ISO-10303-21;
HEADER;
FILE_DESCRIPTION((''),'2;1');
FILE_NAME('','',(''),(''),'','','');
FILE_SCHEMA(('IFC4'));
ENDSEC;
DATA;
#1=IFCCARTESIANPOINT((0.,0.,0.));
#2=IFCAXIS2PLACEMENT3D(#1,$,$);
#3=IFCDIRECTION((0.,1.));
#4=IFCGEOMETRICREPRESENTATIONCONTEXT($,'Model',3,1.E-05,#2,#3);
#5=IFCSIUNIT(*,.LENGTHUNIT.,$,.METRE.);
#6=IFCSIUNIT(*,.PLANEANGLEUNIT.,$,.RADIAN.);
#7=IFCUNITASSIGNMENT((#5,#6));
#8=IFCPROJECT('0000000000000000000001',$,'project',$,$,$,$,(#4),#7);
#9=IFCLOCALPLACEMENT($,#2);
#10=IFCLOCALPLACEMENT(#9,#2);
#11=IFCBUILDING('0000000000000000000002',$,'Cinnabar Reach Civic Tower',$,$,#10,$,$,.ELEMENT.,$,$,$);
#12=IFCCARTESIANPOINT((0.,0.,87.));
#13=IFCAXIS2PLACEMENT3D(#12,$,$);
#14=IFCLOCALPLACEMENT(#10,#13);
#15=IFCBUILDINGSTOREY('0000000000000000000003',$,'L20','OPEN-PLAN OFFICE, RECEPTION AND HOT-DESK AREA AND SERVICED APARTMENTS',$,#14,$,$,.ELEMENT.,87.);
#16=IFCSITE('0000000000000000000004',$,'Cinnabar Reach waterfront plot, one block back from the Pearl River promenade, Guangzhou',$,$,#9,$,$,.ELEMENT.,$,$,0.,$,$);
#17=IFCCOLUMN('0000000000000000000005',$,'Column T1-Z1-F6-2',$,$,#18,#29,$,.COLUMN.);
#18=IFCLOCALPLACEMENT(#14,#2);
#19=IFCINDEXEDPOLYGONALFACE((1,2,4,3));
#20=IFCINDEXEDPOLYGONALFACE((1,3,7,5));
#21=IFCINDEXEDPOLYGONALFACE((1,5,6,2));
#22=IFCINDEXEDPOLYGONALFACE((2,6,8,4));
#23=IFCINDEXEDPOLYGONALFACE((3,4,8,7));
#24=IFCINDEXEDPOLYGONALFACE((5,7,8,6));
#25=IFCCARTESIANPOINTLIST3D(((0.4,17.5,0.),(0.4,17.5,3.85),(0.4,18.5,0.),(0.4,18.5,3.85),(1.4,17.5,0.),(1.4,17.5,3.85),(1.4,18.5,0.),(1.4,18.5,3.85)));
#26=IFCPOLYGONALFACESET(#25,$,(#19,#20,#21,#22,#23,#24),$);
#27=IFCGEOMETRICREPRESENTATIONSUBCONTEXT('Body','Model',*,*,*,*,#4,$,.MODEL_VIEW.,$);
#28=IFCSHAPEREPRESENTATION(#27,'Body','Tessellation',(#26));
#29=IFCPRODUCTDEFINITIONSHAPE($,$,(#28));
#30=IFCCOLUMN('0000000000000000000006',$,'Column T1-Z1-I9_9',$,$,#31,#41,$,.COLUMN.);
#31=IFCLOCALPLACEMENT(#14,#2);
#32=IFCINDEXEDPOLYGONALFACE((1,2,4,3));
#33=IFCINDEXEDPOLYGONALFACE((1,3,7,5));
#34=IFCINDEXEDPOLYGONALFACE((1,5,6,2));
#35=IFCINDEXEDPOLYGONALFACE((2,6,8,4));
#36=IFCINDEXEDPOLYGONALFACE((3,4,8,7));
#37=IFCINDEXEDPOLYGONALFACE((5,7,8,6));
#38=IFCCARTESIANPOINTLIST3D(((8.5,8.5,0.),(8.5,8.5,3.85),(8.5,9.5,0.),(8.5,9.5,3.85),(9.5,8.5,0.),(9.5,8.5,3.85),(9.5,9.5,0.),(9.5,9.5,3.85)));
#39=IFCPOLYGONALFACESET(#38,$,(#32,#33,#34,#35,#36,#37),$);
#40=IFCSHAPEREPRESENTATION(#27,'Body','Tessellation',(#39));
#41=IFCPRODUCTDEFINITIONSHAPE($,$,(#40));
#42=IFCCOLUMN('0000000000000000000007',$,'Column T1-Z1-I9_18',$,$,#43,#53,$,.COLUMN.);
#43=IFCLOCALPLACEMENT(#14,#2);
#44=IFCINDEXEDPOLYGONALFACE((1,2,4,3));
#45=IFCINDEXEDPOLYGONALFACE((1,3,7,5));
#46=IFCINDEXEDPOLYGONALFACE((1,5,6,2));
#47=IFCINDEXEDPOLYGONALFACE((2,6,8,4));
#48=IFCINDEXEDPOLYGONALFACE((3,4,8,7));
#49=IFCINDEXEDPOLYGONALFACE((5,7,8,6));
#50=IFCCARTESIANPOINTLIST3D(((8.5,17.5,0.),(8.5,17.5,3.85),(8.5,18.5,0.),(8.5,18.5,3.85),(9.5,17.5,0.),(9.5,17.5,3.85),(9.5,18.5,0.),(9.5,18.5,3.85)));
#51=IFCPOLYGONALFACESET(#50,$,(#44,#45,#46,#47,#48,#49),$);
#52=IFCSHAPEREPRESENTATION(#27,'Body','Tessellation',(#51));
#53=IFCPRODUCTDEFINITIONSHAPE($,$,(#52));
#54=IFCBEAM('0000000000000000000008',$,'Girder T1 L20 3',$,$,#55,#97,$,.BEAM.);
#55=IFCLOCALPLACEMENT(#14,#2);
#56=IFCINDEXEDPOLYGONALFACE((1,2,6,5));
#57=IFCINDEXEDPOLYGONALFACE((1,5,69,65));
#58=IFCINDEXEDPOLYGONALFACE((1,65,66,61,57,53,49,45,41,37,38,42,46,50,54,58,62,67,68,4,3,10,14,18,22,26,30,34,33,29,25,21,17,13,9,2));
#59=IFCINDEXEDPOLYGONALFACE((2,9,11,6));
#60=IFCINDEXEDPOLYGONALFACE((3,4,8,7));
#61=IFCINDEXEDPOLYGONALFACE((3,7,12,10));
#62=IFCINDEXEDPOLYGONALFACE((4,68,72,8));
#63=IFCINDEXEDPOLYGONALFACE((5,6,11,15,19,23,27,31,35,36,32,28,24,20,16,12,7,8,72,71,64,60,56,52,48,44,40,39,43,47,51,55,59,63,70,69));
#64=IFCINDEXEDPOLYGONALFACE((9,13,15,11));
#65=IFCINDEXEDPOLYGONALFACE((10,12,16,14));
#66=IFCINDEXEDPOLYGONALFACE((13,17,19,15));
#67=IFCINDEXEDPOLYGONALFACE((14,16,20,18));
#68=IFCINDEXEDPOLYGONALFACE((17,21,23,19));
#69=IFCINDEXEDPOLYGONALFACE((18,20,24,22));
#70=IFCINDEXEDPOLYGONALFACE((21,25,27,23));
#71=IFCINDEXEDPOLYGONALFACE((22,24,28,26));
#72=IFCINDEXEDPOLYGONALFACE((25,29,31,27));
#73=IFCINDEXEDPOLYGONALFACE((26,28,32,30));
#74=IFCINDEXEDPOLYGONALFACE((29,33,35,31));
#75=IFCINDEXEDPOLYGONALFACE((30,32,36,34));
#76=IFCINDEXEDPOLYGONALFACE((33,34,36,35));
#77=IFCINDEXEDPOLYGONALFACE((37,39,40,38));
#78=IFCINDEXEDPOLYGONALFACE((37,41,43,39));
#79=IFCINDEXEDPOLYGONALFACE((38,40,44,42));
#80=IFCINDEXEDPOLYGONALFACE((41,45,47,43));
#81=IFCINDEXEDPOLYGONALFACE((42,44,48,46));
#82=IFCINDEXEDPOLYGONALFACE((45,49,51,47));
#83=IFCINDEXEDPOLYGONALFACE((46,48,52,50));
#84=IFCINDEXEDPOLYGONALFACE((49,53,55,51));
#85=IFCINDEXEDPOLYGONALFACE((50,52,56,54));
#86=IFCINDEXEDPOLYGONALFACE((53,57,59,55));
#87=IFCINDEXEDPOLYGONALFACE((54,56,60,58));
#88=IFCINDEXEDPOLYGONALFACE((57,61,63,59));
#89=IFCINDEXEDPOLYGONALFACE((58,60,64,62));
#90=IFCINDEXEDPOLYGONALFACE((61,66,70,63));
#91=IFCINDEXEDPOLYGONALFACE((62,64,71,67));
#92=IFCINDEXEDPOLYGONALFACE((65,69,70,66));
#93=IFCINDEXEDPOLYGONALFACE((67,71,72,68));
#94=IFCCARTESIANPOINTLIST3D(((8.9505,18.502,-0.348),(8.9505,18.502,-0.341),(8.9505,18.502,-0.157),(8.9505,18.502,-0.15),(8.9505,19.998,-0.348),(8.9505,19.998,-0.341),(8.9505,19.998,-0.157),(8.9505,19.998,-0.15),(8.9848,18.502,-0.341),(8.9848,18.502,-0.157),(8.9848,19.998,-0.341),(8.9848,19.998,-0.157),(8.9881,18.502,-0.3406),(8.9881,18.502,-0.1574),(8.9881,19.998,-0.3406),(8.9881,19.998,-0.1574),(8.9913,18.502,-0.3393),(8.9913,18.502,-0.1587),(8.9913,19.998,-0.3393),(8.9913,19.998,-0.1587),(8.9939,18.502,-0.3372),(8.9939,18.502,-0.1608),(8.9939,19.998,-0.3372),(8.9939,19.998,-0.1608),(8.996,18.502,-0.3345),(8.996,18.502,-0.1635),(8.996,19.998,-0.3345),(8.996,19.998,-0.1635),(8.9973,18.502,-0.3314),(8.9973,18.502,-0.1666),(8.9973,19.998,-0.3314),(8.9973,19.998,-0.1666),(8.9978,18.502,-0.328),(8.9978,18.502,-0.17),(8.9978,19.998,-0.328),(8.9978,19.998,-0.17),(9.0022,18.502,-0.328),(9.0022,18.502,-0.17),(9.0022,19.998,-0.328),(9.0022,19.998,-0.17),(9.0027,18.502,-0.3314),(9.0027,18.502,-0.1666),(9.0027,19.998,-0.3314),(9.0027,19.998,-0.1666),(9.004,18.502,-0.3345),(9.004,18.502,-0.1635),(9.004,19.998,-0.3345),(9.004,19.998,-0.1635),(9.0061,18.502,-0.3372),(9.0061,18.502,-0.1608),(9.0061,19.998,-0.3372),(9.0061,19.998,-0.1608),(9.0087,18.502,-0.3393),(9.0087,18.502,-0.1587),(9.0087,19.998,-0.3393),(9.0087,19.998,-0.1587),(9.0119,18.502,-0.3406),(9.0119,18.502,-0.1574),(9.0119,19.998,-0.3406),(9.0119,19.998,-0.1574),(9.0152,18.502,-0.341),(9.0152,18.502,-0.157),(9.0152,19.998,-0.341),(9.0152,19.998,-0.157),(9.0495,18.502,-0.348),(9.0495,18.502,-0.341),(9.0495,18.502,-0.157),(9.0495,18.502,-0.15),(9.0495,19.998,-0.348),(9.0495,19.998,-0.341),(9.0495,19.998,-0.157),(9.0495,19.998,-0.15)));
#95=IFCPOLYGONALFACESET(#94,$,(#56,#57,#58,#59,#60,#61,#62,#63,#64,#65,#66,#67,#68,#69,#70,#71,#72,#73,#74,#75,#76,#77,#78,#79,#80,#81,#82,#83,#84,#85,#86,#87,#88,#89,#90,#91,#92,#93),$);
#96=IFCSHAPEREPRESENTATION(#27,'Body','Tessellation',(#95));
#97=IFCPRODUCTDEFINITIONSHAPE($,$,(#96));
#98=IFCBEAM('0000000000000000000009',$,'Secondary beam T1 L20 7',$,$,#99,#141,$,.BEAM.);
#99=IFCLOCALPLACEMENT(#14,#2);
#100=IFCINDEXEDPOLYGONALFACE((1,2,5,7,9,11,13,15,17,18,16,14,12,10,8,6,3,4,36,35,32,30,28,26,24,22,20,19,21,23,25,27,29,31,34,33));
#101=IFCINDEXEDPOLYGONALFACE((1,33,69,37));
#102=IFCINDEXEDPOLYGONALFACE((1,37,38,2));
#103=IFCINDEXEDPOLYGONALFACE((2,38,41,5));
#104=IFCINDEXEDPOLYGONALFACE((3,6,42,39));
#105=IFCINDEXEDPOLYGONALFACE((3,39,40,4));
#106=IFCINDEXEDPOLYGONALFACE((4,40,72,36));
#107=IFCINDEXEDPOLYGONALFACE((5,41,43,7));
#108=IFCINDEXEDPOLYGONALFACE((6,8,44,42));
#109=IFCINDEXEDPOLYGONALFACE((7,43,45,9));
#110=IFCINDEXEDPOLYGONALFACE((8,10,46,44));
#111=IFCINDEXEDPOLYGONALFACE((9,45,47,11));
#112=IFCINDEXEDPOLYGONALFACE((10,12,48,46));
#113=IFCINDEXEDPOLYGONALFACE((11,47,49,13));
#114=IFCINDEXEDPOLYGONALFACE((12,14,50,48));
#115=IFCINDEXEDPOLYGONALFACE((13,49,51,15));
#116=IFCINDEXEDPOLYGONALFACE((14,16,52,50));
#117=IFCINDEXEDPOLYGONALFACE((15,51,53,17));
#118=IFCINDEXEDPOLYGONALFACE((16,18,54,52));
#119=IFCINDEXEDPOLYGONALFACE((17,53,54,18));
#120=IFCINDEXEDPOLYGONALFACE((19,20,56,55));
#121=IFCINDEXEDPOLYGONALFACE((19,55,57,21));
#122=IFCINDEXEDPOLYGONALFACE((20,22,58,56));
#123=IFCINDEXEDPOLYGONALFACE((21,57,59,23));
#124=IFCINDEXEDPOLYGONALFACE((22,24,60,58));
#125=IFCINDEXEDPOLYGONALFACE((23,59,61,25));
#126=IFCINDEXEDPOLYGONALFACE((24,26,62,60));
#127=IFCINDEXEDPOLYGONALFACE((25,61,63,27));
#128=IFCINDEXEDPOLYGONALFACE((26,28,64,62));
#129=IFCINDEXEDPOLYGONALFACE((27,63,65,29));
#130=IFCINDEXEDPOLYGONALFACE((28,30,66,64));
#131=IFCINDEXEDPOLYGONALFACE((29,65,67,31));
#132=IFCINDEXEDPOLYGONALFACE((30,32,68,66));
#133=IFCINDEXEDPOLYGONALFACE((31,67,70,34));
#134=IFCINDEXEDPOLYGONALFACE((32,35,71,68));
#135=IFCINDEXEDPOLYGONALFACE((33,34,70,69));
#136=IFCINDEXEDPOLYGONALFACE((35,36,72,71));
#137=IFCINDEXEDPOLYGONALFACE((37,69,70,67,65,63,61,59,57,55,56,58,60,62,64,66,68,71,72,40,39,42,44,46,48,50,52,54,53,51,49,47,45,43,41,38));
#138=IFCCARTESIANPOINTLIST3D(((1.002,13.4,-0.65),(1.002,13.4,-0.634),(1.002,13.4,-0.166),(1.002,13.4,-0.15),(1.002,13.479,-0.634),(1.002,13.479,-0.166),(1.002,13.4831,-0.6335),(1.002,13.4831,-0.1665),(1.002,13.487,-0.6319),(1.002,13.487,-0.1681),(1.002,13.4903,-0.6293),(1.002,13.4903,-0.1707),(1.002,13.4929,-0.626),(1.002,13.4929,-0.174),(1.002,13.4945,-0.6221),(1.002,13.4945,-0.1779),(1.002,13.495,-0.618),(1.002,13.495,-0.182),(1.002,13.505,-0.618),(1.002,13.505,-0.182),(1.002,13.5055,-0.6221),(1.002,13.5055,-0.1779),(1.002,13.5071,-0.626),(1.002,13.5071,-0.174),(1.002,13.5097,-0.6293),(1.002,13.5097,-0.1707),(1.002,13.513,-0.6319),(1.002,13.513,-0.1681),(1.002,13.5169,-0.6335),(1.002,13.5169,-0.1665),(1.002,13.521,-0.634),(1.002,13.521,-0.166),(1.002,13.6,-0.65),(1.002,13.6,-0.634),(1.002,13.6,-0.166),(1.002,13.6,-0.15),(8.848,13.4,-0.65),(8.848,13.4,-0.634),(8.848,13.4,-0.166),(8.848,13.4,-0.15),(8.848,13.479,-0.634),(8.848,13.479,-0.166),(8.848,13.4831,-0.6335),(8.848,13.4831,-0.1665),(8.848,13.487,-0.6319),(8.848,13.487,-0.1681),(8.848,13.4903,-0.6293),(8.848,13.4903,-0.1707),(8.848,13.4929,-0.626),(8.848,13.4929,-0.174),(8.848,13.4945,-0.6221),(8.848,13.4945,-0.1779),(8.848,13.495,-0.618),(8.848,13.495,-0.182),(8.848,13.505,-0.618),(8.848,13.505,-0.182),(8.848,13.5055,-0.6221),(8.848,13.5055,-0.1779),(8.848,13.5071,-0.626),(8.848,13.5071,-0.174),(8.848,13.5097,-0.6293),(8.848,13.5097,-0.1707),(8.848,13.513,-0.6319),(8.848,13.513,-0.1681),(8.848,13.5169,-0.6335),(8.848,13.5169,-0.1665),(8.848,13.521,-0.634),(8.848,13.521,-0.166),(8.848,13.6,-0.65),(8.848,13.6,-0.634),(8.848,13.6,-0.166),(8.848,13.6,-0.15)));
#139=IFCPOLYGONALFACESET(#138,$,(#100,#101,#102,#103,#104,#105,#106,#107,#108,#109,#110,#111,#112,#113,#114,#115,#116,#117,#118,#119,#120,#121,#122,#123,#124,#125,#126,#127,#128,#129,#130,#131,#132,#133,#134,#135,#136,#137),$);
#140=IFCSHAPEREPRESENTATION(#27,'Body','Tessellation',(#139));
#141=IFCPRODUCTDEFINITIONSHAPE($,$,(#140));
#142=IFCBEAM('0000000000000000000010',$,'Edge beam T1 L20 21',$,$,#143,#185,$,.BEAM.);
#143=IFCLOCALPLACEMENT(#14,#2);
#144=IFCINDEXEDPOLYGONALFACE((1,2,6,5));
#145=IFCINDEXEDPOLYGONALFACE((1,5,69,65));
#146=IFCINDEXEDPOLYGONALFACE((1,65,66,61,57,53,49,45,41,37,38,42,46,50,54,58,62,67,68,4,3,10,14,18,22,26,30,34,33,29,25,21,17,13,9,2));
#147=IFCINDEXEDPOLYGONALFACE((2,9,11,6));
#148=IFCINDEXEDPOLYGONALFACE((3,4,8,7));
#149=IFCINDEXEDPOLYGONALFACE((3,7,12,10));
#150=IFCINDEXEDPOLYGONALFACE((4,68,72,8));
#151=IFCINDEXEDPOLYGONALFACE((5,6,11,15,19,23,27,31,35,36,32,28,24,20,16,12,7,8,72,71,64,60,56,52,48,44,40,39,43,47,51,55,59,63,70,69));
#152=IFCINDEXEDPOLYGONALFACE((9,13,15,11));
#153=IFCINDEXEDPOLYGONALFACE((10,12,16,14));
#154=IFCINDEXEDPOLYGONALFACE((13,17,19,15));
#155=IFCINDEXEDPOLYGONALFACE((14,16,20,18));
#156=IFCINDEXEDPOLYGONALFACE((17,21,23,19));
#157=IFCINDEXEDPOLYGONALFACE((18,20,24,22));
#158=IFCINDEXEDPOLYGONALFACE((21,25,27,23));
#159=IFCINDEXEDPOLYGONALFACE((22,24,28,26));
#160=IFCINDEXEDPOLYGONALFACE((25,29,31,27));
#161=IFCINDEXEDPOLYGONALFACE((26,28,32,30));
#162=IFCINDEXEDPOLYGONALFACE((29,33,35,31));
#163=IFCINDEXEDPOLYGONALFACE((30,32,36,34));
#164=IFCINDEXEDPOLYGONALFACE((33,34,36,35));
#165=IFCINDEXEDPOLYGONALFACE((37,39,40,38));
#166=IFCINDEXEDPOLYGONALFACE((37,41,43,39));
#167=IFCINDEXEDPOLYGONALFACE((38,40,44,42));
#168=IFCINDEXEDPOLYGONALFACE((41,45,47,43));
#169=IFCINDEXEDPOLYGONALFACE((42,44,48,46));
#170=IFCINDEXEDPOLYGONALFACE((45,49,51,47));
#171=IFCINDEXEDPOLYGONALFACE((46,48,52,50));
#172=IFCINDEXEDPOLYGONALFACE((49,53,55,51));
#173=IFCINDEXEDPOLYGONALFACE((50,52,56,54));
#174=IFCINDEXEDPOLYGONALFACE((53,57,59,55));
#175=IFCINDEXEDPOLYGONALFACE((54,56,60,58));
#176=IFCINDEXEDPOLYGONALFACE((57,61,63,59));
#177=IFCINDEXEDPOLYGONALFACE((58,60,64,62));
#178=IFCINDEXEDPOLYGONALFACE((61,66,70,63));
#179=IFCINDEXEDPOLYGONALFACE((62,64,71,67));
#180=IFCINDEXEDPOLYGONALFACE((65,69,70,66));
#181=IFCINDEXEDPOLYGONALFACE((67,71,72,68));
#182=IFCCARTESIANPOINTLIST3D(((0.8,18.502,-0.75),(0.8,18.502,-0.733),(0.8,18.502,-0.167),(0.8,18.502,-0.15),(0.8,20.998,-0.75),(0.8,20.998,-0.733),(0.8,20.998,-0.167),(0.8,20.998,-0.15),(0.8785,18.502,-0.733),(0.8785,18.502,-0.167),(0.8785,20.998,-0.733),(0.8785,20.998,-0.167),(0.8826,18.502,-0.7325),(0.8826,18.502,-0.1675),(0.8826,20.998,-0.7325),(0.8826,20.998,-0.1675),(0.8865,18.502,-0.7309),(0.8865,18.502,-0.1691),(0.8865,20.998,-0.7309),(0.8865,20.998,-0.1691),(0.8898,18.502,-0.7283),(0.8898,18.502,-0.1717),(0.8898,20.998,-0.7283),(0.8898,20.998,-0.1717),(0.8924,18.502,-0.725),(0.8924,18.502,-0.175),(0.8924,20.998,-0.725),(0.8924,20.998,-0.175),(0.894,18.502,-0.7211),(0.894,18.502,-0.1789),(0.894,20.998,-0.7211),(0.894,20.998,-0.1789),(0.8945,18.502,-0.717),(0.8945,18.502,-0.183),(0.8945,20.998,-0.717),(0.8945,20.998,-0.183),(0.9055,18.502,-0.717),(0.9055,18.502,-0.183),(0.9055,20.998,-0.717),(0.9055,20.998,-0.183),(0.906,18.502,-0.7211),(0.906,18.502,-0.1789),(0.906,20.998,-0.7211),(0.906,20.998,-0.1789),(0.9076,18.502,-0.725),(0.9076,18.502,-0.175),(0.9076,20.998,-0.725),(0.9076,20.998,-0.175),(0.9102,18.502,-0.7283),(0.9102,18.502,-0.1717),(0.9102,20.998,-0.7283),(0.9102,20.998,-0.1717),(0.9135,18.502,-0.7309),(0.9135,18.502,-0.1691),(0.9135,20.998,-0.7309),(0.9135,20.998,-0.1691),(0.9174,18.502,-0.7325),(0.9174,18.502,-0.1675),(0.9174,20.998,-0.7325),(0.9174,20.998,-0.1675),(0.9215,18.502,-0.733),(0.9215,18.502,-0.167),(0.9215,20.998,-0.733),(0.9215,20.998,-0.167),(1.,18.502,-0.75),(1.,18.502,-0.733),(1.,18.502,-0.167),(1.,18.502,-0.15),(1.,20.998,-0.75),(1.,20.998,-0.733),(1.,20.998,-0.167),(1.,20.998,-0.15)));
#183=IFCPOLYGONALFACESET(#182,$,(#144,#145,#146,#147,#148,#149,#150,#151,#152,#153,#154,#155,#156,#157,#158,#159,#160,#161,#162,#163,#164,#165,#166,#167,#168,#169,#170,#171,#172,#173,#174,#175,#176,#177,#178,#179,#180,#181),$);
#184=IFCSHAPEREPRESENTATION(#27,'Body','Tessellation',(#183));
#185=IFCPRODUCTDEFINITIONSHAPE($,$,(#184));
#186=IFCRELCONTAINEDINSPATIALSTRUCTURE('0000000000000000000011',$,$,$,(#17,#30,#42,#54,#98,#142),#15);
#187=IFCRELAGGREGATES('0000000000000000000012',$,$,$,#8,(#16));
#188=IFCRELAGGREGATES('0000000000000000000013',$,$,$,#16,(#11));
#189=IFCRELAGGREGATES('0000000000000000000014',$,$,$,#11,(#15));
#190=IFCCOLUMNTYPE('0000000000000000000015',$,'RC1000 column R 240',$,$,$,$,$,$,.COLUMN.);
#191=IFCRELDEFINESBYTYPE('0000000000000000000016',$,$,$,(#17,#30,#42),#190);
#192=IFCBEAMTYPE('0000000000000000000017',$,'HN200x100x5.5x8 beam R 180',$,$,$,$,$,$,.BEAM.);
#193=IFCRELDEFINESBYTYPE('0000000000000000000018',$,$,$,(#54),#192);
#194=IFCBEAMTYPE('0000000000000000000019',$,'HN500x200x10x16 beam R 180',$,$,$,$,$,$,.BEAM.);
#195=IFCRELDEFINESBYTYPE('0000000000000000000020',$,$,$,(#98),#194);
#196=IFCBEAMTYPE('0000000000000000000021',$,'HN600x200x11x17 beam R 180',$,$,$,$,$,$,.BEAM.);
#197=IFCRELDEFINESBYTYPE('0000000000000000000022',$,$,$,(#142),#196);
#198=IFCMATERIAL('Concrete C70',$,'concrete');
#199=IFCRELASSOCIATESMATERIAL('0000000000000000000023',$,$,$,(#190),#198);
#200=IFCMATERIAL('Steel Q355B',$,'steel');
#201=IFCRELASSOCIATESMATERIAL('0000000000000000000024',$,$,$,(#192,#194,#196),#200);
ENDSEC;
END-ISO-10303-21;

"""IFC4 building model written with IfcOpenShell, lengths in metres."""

from ifc_helpers import new_model, si_unit, direction, frame, origin, origin_2d, place, context, subcontext, project, spatial, rectangle, i_section, extrude, material, material_profile, profile_set, type_object, element, save


model = new_model("IFC4")

# Units and contexts
model_context = context("Model", 3, precision=1e-05, world=origin(), true_north=direction((0.0, 1.0)))
body_context = subcontext(model_context, "Body", "Model", "MODEL_VIEW")
ifc_project = project(units=[si_unit("LENGTHUNIT", "METRE"), si_unit("PLANEANGLEUNIT", "RADIAN")], contexts=[model_context])

# Site, building, storey
site_placement = place(None, origin())
site = spatial("IfcSite", under=ifc_project, at=site_placement, Name="Cinnabar Reach waterfront plot, one block back from the Pearl River promenade, Guangzhou", CompositionType="ELEMENT", RefElevation=0.0)
building_placement = place(site_placement, origin())
building = spatial("IfcBuilding", under=site, at=building_placement, Name="Cinnabar Reach Civic Tower", CompositionType="ELEMENT")
storey_placement = place(building_placement, frame((0.0, 0.0, 87.0)))
storey = spatial("IfcBuildingStorey", under=building, at=storey_placement, Name="L20", Description="OPEN-PLAN OFFICE, RECEPTION AND HOT-DESK AREA AND SERVICED APARTMENTS", CompositionType="ELEMENT", Elevation=87.0)

# Columns
ifc_material_1 = material(Name="Concrete C70", Category="concrete")
ifc_material_profile_1 = material_profile(ifc_material_1, rectangle(XDim=1.0, YDim=1.0, at=origin_2d()), Name="RC1000")
ifc_profile_set_1 = profile_set([ifc_material_profile_1], Name="Concrete C70")
column_type = type_object("IfcColumnType", Name="RC1000 column R 240", PredefinedType="COLUMN", material=ifc_profile_set_1)
for number, where, z_axis, x_axis, name in (
    (1, (0.9, 18.0, 0.0), (0.0, 0.0, 1.0), (1.0, 0.0, 0.0), "Column T1-Z1-F6-2"),
    (2, (9.0, 9.0, 0.0), (0.0, 0.0, 1.0), (1.0, 0.0, 0.0), "Column T1-Z1-I9_9"),
    (3, (9.0, 18.0, 0.0), (0.0, 0.0, 1.0), (1.0, 0.0, 0.0), "Column T1-Z1-I9_18"),
):
    element("IfcColumn", number, at=place(storey_placement, frame(where, z_axis=z_axis, x_axis=x_axis)), inside=storey, type_object=column_type, Name=name, PredefinedType="COLUMN", context=body_context, shape_type="SweptSolid", body=[
        extrude(rectangle(XDim=1.0, YDim=1.0, at=origin_2d()), origin(), (0.0, 0.0, 1.0), 3.85),
    ])

# Beams
ifc_material_2 = material(Name="Steel Q355B", Category="steel")
ifc_material_profile_2 = material_profile(ifc_material_2, i_section(OverallWidth=0.099, OverallDepth=0.198, WebThickness=0.0045, FlangeThickness=0.007, FilletRadius=0.013, at=origin_2d()), Name="HN200x100x5.5x8")
ifc_profile_set_2 = profile_set([ifc_material_profile_2], Name="Steel Q355B")
beam_type_1 = type_object("IfcBeamType", Name="HN200x100x5.5x8 beam R 180", PredefinedType="BEAM", material=ifc_profile_set_2)
beam_1_placement = place(storey_placement, frame((9.0, 18.502, -0.249), z_axis=(0.0, 1.0, 0.0), x_axis=(-1.0, 0.0, 0.0)))
element("IfcBeam", 4, at=beam_1_placement, inside=storey, type_object=beam_type_1, Name="Girder T1 L20 3", PredefinedType="BEAM", context=body_context, shape_type="SweptSolid", body=[
    extrude(i_section(OverallWidth=0.099, OverallDepth=0.198, WebThickness=0.0045, FlangeThickness=0.007, FilletRadius=0.013, at=origin_2d()), origin(), (0.0, 0.0, 1.0), 1.496),
])
ifc_material_profile_3 = material_profile(ifc_material_2, i_section(OverallWidth=0.2, OverallDepth=0.5, WebThickness=0.01, FlangeThickness=0.016, FilletRadius=0.016, at=origin_2d()), Name="HN500x200x10x16")
ifc_profile_set_3 = profile_set([ifc_material_profile_3], Name="Steel Q355B")
beam_type_2 = type_object("IfcBeamType", Name="HN500x200x10x16 beam R 180", PredefinedType="BEAM", material=ifc_profile_set_3)
beam_2_placement = place(storey_placement, frame((1.002, 13.5, -0.4), z_axis=(1.0, 0.0, 0.0), x_axis=(0.0, 1.0, 0.0)))
element("IfcBeam", 5, at=beam_2_placement, inside=storey, type_object=beam_type_2, Name="Secondary beam T1 L20 7", PredefinedType="BEAM", context=body_context, shape_type="SweptSolid", body=[
    extrude(i_section(OverallWidth=0.2, OverallDepth=0.5, WebThickness=0.01, FlangeThickness=0.016, FilletRadius=0.016, at=origin_2d()), origin(), (0.0, 0.0, 1.0), 7.846),
])
ifc_material_profile_4 = material_profile(ifc_material_2, i_section(OverallWidth=0.2, OverallDepth=0.6, WebThickness=0.011, FlangeThickness=0.017, FilletRadius=0.016, at=origin_2d()), Name="HN600x200x11x17")
ifc_profile_set_4 = profile_set([ifc_material_profile_4], Name="Steel Q355B")
beam_type_3 = type_object("IfcBeamType", Name="HN600x200x11x17 beam R 180", PredefinedType="BEAM", material=ifc_profile_set_4)
beam_3_placement = place(storey_placement, frame((0.9, 20.998, -0.45), z_axis=(0.0, -1.0, 0.0), x_axis=(1.0, 0.0, 0.0)))
element("IfcBeam", 6, at=beam_3_placement, inside=storey, type_object=beam_type_3, Name="Edge beam T1 L20 21", PredefinedType="BEAM", context=body_context, shape_type="SweptSolid", body=[
    extrude(i_section(OverallWidth=0.2, OverallDepth=0.6, WebThickness=0.011, FlangeThickness=0.017, FilletRadius=0.016, at=origin_2d()), origin(), (0.0, 0.0, 1.0), 2.496),
])

save(model, "model.ifc")
